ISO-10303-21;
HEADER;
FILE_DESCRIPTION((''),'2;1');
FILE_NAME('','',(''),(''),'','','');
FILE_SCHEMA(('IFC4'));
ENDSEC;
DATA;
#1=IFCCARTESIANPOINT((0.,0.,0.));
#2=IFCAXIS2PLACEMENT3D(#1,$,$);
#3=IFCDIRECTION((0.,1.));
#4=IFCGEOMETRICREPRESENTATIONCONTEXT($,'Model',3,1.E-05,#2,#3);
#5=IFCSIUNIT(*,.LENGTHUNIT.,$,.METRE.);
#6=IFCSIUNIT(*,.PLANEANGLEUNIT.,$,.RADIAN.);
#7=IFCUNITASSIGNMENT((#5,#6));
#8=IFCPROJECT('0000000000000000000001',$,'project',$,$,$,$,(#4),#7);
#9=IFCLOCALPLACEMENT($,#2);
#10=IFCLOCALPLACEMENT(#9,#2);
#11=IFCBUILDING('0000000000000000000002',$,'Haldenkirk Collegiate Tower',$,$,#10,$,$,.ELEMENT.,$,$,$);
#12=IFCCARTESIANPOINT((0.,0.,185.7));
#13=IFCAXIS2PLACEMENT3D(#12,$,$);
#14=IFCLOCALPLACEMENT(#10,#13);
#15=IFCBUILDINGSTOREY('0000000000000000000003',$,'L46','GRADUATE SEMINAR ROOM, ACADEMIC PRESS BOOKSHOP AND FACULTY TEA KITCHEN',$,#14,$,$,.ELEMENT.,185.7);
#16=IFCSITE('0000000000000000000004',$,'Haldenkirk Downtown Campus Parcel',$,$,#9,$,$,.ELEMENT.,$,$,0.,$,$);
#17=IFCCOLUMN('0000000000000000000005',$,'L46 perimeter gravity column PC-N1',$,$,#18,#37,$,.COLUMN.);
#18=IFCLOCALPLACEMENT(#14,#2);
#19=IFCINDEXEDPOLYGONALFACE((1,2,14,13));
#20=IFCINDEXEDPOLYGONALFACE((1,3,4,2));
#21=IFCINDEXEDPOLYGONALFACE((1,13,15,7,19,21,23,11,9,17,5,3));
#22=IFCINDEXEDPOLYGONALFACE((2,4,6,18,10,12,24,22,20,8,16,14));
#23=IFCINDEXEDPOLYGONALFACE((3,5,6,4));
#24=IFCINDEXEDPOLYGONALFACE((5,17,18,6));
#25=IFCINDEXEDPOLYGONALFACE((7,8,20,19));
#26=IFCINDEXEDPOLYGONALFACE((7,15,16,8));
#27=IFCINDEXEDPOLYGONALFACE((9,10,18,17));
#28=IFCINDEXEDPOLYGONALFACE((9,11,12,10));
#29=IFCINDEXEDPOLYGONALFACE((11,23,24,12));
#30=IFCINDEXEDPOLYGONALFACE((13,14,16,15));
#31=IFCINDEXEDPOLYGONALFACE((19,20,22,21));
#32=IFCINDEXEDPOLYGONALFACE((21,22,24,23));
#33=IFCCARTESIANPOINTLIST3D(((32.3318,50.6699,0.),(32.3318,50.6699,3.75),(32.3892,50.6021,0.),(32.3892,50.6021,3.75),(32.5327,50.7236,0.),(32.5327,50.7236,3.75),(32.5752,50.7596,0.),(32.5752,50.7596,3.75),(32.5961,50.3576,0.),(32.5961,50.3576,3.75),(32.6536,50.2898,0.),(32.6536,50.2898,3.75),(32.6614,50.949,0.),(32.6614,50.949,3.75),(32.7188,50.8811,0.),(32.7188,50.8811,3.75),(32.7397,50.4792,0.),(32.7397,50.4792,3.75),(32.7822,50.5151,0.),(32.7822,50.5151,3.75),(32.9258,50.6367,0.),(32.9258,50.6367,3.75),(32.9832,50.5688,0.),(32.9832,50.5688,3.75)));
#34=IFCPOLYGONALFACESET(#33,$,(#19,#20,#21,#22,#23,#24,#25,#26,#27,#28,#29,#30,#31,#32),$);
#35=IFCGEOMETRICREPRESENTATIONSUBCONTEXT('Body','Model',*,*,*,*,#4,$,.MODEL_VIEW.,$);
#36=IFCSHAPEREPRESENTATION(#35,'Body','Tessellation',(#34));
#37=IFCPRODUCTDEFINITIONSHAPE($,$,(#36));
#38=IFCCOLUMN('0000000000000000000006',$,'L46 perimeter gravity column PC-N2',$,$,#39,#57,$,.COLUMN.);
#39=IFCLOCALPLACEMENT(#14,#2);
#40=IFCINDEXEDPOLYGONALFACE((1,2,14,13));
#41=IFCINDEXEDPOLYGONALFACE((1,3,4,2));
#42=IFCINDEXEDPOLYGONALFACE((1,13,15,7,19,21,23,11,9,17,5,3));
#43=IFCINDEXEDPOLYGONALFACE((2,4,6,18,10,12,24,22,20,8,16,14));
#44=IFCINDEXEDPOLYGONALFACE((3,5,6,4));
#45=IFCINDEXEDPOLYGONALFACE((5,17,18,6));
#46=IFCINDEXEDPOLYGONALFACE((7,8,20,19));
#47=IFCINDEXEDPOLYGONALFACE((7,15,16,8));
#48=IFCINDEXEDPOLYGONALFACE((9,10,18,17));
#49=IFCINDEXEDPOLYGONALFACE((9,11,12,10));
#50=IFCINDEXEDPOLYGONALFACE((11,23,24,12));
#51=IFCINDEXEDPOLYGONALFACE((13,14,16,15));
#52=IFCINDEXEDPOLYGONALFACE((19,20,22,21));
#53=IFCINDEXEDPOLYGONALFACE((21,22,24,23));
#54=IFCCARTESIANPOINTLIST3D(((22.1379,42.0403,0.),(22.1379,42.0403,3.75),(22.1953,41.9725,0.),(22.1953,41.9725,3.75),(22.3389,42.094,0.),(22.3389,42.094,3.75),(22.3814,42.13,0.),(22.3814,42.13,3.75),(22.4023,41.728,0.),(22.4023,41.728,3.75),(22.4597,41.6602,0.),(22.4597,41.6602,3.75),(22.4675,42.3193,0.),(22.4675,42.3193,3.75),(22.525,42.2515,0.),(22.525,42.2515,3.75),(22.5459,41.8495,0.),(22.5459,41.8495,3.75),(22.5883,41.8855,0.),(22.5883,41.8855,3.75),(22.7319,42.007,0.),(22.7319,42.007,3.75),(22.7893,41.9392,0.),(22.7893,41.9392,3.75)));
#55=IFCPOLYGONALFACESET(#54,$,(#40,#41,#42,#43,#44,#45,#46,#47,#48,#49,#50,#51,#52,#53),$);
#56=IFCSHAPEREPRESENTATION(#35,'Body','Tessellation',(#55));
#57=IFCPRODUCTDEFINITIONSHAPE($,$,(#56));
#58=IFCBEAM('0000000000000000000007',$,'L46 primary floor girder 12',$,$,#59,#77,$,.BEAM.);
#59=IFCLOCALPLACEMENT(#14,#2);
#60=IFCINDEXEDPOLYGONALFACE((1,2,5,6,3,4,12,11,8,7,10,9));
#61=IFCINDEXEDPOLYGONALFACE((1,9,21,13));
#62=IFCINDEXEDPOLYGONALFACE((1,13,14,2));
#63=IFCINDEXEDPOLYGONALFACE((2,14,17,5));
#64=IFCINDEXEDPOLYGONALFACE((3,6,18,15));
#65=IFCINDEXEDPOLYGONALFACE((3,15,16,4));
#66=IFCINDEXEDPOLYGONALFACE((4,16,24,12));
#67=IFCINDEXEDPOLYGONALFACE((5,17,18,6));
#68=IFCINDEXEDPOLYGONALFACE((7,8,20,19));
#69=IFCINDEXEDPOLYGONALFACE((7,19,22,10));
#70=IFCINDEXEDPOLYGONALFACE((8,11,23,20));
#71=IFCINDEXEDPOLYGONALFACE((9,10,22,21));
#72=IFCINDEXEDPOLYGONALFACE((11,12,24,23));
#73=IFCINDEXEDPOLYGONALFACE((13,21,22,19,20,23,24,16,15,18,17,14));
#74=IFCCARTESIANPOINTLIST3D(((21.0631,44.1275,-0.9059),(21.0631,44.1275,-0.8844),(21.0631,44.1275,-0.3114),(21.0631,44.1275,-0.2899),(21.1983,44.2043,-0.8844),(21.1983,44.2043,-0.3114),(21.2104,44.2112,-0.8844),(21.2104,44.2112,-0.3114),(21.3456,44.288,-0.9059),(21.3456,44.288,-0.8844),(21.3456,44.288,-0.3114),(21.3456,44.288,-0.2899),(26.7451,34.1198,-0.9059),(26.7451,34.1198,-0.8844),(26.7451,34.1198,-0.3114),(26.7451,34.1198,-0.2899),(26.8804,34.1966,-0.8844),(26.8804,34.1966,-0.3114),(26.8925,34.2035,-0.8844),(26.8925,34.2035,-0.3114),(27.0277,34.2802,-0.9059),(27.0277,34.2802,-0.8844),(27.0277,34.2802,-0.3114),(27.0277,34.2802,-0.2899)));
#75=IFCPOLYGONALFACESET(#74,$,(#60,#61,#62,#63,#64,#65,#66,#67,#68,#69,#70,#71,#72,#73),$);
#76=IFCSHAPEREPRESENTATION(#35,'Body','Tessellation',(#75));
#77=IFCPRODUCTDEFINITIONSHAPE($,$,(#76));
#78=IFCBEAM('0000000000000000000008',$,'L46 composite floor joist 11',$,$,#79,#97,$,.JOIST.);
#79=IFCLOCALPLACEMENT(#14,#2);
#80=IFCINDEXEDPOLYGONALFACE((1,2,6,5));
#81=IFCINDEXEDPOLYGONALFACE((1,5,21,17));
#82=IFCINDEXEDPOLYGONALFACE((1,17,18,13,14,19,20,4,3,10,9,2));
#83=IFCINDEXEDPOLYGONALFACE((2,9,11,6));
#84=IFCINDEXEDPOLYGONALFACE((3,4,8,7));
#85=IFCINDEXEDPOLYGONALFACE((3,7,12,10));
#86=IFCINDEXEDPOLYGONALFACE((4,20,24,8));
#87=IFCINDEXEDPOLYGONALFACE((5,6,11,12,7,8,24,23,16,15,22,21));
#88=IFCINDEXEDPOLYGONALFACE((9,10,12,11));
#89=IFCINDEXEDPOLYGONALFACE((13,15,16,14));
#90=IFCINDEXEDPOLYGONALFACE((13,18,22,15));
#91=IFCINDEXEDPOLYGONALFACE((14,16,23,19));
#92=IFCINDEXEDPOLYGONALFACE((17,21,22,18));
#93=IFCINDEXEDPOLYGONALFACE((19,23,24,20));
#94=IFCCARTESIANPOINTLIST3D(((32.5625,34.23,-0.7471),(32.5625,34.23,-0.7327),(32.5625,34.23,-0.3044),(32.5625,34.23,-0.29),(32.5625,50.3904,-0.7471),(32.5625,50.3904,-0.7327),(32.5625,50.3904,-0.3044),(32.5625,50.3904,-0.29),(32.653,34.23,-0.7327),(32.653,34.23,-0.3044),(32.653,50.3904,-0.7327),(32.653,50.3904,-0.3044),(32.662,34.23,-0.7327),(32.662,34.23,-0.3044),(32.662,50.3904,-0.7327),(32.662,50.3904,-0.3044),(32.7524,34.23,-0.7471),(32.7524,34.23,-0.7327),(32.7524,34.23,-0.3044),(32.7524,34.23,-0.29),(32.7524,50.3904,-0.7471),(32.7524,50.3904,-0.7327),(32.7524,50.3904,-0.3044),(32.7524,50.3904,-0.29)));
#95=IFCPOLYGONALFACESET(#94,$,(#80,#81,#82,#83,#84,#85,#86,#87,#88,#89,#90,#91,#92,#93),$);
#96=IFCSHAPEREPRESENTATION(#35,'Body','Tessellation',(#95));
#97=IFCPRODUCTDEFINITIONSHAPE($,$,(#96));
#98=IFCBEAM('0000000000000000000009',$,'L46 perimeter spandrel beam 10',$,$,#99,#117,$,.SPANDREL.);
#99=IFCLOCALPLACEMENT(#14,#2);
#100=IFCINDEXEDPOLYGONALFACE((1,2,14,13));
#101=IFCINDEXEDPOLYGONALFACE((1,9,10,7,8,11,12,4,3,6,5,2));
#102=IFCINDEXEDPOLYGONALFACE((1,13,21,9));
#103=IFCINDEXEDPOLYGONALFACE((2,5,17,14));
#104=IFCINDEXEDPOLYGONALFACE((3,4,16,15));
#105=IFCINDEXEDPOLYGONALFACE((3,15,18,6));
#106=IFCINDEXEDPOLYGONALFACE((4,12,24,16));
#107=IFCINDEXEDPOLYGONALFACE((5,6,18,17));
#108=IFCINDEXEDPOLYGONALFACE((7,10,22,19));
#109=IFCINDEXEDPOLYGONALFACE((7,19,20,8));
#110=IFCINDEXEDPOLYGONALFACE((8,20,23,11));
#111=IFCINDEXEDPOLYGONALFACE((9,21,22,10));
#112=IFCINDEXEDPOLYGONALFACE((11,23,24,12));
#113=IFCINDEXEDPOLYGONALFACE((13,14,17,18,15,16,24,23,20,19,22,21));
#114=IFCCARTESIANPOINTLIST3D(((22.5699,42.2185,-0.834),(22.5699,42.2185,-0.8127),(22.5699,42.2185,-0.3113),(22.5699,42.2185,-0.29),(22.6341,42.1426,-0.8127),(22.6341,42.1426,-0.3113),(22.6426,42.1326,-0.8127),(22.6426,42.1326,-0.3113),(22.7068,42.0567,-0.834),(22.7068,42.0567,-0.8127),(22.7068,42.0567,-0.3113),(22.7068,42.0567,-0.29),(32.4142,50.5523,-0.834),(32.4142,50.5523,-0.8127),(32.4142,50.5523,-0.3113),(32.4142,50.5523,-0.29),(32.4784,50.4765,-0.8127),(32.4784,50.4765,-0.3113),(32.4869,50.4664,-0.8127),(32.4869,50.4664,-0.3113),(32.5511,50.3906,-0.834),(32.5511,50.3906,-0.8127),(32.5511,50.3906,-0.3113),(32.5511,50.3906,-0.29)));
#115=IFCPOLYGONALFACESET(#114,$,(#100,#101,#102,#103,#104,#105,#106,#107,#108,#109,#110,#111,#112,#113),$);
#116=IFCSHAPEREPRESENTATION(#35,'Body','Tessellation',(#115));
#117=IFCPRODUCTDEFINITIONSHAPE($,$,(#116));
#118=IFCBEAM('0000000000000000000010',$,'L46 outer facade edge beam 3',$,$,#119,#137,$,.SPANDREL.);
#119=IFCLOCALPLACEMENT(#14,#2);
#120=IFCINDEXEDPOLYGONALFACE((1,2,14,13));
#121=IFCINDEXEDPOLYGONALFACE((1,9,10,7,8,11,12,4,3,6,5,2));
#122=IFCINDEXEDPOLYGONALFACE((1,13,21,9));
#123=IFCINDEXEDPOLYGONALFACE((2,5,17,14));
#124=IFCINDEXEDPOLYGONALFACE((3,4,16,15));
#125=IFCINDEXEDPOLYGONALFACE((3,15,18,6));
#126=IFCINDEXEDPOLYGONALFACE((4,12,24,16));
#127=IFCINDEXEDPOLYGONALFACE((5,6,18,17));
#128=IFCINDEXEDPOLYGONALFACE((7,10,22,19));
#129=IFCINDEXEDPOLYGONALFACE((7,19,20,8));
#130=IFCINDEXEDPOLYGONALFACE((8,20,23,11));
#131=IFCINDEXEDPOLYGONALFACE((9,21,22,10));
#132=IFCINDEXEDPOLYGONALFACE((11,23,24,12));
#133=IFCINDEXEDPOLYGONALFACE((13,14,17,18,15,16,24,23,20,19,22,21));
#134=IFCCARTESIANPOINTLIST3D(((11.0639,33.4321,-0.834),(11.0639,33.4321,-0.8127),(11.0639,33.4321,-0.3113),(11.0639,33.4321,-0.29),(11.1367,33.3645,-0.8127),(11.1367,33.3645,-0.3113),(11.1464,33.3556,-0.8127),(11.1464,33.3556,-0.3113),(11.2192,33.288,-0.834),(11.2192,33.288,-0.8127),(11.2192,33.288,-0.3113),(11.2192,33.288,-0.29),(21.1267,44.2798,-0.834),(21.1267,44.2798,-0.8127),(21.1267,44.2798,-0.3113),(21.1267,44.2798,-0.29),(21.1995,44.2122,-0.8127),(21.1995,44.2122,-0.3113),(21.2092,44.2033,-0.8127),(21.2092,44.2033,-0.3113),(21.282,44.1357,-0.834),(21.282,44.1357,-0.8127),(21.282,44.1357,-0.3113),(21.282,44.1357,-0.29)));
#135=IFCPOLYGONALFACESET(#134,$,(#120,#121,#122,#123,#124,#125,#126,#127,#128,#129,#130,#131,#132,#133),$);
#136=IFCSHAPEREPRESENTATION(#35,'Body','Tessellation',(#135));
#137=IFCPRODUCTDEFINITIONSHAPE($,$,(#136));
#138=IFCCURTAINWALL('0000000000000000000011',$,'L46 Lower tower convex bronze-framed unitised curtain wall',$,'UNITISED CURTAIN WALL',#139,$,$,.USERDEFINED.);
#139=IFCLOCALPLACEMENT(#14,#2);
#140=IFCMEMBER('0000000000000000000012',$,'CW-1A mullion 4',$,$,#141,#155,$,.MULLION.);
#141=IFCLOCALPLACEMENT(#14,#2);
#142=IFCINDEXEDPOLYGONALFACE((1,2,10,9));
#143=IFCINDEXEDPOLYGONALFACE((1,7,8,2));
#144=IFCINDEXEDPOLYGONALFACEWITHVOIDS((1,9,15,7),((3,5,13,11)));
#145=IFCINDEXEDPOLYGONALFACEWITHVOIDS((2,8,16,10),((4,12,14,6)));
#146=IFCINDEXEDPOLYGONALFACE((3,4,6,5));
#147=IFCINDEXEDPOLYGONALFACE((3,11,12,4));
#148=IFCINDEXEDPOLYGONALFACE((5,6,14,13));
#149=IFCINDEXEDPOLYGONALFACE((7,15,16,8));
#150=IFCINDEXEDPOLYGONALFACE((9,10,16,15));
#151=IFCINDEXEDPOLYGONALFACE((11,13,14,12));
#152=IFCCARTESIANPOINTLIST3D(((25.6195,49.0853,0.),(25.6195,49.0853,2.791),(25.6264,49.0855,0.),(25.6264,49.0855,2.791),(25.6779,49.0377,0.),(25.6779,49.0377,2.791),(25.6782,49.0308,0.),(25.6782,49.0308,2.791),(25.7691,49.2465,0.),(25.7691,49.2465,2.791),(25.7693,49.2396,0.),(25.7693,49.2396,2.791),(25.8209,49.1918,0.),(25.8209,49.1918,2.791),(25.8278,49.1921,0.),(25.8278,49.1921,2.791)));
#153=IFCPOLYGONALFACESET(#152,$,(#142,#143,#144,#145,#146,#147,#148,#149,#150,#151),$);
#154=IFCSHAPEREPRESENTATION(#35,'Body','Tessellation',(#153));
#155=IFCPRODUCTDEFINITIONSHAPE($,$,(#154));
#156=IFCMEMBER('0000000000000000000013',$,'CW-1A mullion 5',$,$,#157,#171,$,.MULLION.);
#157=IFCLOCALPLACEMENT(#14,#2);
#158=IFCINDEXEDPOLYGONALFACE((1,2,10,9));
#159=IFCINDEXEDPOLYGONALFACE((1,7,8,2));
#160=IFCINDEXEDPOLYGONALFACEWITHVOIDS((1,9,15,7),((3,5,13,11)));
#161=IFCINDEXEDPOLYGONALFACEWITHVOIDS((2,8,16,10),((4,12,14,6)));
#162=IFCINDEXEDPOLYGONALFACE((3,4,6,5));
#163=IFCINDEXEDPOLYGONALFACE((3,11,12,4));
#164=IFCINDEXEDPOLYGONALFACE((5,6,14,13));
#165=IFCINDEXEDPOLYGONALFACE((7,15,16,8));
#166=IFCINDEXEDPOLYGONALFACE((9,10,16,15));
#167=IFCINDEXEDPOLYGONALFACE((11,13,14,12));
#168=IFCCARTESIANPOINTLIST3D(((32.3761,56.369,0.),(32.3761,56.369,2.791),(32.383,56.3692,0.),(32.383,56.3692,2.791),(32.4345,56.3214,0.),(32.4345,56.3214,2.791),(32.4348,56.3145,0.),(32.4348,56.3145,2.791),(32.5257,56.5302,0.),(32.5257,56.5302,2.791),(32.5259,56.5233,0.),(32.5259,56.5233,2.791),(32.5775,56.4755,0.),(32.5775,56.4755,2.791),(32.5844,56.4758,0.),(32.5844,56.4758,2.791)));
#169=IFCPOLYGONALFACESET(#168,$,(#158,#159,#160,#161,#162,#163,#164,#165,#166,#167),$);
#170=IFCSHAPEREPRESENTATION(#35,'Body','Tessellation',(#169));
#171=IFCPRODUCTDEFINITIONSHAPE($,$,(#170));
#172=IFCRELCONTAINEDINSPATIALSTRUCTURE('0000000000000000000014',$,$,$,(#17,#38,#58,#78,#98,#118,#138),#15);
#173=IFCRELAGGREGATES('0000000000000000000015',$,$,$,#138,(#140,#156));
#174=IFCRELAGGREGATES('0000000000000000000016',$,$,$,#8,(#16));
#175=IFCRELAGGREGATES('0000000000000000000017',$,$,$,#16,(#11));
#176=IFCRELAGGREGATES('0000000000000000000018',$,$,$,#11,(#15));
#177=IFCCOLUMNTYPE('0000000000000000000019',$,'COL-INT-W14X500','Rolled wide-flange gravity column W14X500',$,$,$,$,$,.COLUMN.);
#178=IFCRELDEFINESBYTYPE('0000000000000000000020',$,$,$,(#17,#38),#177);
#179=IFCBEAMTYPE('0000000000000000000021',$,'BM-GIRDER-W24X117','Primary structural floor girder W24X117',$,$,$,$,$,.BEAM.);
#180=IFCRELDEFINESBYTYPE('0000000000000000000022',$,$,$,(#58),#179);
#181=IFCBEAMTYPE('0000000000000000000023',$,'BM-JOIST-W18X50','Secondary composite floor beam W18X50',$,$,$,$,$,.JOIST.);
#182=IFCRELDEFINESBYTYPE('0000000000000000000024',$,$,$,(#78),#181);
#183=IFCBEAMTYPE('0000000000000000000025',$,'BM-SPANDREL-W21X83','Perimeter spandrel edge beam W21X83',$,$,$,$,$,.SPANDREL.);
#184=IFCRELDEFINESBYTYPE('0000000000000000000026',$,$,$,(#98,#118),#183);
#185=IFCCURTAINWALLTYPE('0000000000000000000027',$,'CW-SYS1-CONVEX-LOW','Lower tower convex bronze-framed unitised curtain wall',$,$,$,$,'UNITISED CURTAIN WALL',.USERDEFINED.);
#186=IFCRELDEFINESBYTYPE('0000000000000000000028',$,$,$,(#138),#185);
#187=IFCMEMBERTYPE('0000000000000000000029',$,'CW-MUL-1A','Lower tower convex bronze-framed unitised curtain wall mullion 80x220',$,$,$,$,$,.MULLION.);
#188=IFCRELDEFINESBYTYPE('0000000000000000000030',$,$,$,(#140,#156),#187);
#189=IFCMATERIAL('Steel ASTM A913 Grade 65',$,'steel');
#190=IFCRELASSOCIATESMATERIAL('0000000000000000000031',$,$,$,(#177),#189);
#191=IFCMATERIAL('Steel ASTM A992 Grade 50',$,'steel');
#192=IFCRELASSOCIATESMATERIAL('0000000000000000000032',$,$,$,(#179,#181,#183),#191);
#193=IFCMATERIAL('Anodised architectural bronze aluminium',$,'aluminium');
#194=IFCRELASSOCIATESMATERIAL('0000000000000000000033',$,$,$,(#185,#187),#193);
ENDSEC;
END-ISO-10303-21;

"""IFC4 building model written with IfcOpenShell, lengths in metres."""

from ifc_helpers import new_model, si_unit, direction, frame, origin, origin_2d, place, context, subcontext, project, spatial, hollow_rectangle, i_section, extrude, material, material_profile, profile_set, type_object, element, aggregate, save


model = new_model("IFC4")

# Units and contexts
model_context = context("Model", 3, precision=1e-05, world=origin(), true_north=direction((0.0, 1.0)))
body_context = subcontext(model_context, "Body", "Model", "MODEL_VIEW")
ifc_project = project(units=[si_unit("LENGTHUNIT", "METRE"), si_unit("PLANEANGLEUNIT", "RADIAN")], contexts=[model_context])

# Site, building, storey
site_placement = place(None, origin())
site = spatial("IfcSite", under=ifc_project, at=site_placement, Name="Haldenkirk Downtown Campus Parcel", CompositionType="ELEMENT", RefElevation=0.0)
building_placement = place(site_placement, origin())
building = spatial("IfcBuilding", under=site, at=building_placement, Name="Haldenkirk Collegiate Tower", CompositionType="ELEMENT")
storey_placement = place(building_placement, frame((0.0, 0.0, 185.7)))
storey = spatial("IfcBuildingStorey", under=building, at=storey_placement, Name="L46", Description="GRADUATE SEMINAR ROOM, ACADEMIC PRESS BOOKSHOP AND FACULTY TEA KITCHEN", CompositionType="ELEMENT", Elevation=185.7)

# Columns
ifc_material_1 = material(Name="Steel ASTM A913 Grade 65", Category="steel")
ifc_material_profile_1 = material_profile(ifc_material_1, i_section(OverallWidth=0.4319, OverallDepth=0.498, WebThickness=0.0557, FlangeThickness=0.0889, at=origin_2d()), Name="W14X500")
ifc_profile_set_1 = profile_set([ifc_material_profile_1], Name="Steel ASTM A913 Grade 65")
column_type = type_object("IfcColumnType", Name="COL-INT-W14X500", Description="Rolled wide-flange gravity column W14X500", PredefinedType="COLUMN", material=ifc_profile_set_1)
for number, where, z_axis, x_axis, name in (
    (1, (32.6575, 50.6194, 0.0), (0.0, 0.0, 1.0), (0.763232, 0.646124, 0.0), "L46 perimeter gravity column PC-N1"),
    (2, (22.4636, 41.9897, 0.0), (0.0, 0.0, 1.0), (0.763232, 0.646124, 0.0), "L46 perimeter gravity column PC-N2"),
):
    element("IfcColumn", number, at=place(storey_placement, frame(where, z_axis=z_axis, x_axis=x_axis)), inside=storey, type_object=column_type, Name=name, PredefinedType="COLUMN", context=body_context, shape_type="SweptSolid", body=[
        extrude(i_section(OverallWidth=0.4319, OverallDepth=0.498, WebThickness=0.0557, FlangeThickness=0.0889, at=origin_2d()), origin(), (0.0, 0.0, 1.0), 3.75),
    ])

# Beams
ifc_material_2 = material(Name="Steel ASTM A992 Grade 50", Category="steel")
ifc_material_profile_2 = material_profile(ifc_material_2, i_section(OverallWidth=0.325, OverallDepth=0.616, WebThickness=0.0139, FlangeThickness=0.0215, at=origin_2d()), Name="W24X117")
ifc_profile_set_2 = profile_set([ifc_material_profile_2], Name="Steel ASTM A992 Grade 50")
beam_type_1 = type_object("IfcBeamType", Name="BM-GIRDER-W24X117", Description="Primary structural floor girder W24X117", PredefinedType="BEAM", material=ifc_profile_set_2)
beam_1_placement = place(storey_placement, frame((21.2043, 44.2078, -0.5979), z_axis=(0.493738, -0.869611, 0.0), x_axis=(0.869611, 0.493738, 0.0)))
element("IfcBeam", 3, at=beam_1_placement, inside=storey, type_object=beam_type_1, Name="L46 primary floor girder 12", PredefinedType="BEAM", context=body_context, shape_type="SweptSolid", body=[
    extrude(i_section(OverallWidth=0.325, OverallDepth=0.616, WebThickness=0.0139, FlangeThickness=0.0215, at=origin_2d()), origin(), (0.0, 0.0, 1.0), 11.5083),
])
ifc_material_profile_3 = material_profile(ifc_material_2, i_section(OverallWidth=0.1899, OverallDepth=0.457, WebThickness=0.009, FlangeThickness=0.0144, at=origin_2d()), Name="W18X50")
ifc_profile_set_3 = profile_set([ifc_material_profile_3], Name="Steel ASTM A992 Grade 50")
beam_type_2 = type_object("IfcBeamType", Name="BM-JOIST-W18X50", Description="Secondary composite floor beam W18X50", PredefinedType="JOIST", material=ifc_profile_set_3)
beam_2_placement = place(storey_placement, frame((32.6575, 50.3904, -0.5186), z_axis=(0.0, -1.0, 0.0), x_axis=(1.0, 0.0, 0.0)))
element("IfcBeam", 4, at=beam_2_placement, inside=storey, type_object=beam_type_2, Name="L46 composite floor joist 11", PredefinedType="JOIST", context=body_context, shape_type="SweptSolid", body=[
    extrude(i_section(OverallWidth=0.1899, OverallDepth=0.457, WebThickness=0.009, FlangeThickness=0.0144, at=origin_2d()), origin(), (0.0, 0.0, 1.0), 16.1604),
])
ifc_material_profile_4 = material_profile(ifc_material_2, i_section(OverallWidth=0.2119, OverallDepth=0.5439, WebThickness=0.0132, FlangeThickness=0.0212, at=origin_2d()), Name="W21X83")
ifc_profile_set_4 = profile_set([ifc_material_profile_4], Name="Steel ASTM A992 Grade 50")
beam_type_3 = type_object("IfcBeamType", Name="BM-SPANDREL-W21X83", Description="Perimeter spandrel edge beam W21X83", PredefinedType="SPANDREL", material=ifc_profile_set_4)
beam_3_placement = place(storey_placement, frame((32.4827, 50.4714, -0.562), z_axis=(-0.763233, -0.646123, 0.0), x_axis=(0.646123, -0.763233, 0.0)))
element("IfcBeam", 5, at=beam_3_placement, inside=storey, type_object=beam_type_3, Name="L46 perimeter spandrel beam 10", PredefinedType="SPANDREL", context=body_context, shape_type="SweptSolid", body=[
    extrude(i_section(OverallWidth=0.2119, OverallDepth=0.5439, WebThickness=0.0132, FlangeThickness=0.0212, at=origin_2d()), origin(), (0.0, 0.0, 1.0), 12.8982),
])
beam_4_placement = place(storey_placement, frame((21.2043, 44.2078, -0.562), z_axis=(-0.680085, -0.733133, 0.0), x_axis=(0.733133, -0.680085, 0.0)))
element("IfcBeam", 6, at=beam_4_placement, inside=storey, type_object=beam_type_3, Name="L46 outer facade edge beam 3", PredefinedType="SPANDREL", context=body_context, shape_type="SweptSolid", body=[
    extrude(i_section(OverallWidth=0.2119, OverallDepth=0.5439, WebThickness=0.0132, FlangeThickness=0.0212, at=origin_2d()), origin(), (0.0, 0.0, 1.0), 14.7964),
])

# Curtain wall, members
ifc_material_3 = material(Name="Anodised architectural bronze aluminium", Category="aluminium")
curtain_wall_type = type_object("IfcCurtainWallType", Name="CW-SYS1-CONVEX-LOW", Description="Lower tower convex bronze-framed unitised curtain wall", ElementType="UNITISED CURTAIN WALL", PredefinedType="USERDEFINED", material=ifc_material_3)
curtain_wall_placement = place(storey_placement, origin())
curtain_wall = element("IfcCurtainWall", 7, at=curtain_wall_placement, inside=storey, type_object=curtain_wall_type, Name="L46 Lower tower convex bronze-framed unitised curtain wall", ObjectType="UNITISED CURTAIN WALL", PredefinedType="USERDEFINED")
ifc_material_profile_5 = material_profile(ifc_material_3, hollow_rectangle(XDim=0.0801, YDim=0.22, WallThickness=0.0049, at=origin_2d()), Name="CW-MUL-1A")
ifc_profile_set_5 = profile_set([ifc_material_profile_5], Name="Anodised architectural bronze aluminium")
member_type_1 = type_object("IfcMemberType", Name="CW-MUL-1A", Description="Lower tower convex bronze-framed unitised curtain wall mullion 80x220", PredefinedType="MULLION", material=ifc_profile_set_5)
member_1_placement = place(storey_placement, frame((25.7236, 49.1387, 0.0), z_axis=(0.0, 0.0, 1.0), x_axis=(-0.733138, 0.68008, 0.0)))
member_1 = element("IfcMember", 8, at=member_1_placement, type_object=member_type_1, Name="CW-1A mullion 4", PredefinedType="MULLION", context=body_context, shape_type="SweptSolid", body=[
    extrude(hollow_rectangle(XDim=0.0801, YDim=0.22, WallThickness=0.0049, at=origin_2d()), origin(), (0.0, 0.0, 1.0), 2.791),
])
member_2_placement = place(storey_placement, frame((32.4802, 56.4224, 0.0), z_axis=(0.0, 0.0, 1.0), x_axis=(-0.733138, 0.68008, 0.0)))
member_2 = element("IfcMember", 9, at=member_2_placement, type_object=member_type_1, Name="CW-1A mullion 5", PredefinedType="MULLION", context=body_context, shape_type="SweptSolid", body=[
    extrude(hollow_rectangle(XDim=0.0801, YDim=0.22, WallThickness=0.0049, at=origin_2d()), origin(), (0.0, 0.0, 1.0), 2.791),
])
aggregate(curtain_wall, [member_1, member_2])

save(model, "model.ifc")
